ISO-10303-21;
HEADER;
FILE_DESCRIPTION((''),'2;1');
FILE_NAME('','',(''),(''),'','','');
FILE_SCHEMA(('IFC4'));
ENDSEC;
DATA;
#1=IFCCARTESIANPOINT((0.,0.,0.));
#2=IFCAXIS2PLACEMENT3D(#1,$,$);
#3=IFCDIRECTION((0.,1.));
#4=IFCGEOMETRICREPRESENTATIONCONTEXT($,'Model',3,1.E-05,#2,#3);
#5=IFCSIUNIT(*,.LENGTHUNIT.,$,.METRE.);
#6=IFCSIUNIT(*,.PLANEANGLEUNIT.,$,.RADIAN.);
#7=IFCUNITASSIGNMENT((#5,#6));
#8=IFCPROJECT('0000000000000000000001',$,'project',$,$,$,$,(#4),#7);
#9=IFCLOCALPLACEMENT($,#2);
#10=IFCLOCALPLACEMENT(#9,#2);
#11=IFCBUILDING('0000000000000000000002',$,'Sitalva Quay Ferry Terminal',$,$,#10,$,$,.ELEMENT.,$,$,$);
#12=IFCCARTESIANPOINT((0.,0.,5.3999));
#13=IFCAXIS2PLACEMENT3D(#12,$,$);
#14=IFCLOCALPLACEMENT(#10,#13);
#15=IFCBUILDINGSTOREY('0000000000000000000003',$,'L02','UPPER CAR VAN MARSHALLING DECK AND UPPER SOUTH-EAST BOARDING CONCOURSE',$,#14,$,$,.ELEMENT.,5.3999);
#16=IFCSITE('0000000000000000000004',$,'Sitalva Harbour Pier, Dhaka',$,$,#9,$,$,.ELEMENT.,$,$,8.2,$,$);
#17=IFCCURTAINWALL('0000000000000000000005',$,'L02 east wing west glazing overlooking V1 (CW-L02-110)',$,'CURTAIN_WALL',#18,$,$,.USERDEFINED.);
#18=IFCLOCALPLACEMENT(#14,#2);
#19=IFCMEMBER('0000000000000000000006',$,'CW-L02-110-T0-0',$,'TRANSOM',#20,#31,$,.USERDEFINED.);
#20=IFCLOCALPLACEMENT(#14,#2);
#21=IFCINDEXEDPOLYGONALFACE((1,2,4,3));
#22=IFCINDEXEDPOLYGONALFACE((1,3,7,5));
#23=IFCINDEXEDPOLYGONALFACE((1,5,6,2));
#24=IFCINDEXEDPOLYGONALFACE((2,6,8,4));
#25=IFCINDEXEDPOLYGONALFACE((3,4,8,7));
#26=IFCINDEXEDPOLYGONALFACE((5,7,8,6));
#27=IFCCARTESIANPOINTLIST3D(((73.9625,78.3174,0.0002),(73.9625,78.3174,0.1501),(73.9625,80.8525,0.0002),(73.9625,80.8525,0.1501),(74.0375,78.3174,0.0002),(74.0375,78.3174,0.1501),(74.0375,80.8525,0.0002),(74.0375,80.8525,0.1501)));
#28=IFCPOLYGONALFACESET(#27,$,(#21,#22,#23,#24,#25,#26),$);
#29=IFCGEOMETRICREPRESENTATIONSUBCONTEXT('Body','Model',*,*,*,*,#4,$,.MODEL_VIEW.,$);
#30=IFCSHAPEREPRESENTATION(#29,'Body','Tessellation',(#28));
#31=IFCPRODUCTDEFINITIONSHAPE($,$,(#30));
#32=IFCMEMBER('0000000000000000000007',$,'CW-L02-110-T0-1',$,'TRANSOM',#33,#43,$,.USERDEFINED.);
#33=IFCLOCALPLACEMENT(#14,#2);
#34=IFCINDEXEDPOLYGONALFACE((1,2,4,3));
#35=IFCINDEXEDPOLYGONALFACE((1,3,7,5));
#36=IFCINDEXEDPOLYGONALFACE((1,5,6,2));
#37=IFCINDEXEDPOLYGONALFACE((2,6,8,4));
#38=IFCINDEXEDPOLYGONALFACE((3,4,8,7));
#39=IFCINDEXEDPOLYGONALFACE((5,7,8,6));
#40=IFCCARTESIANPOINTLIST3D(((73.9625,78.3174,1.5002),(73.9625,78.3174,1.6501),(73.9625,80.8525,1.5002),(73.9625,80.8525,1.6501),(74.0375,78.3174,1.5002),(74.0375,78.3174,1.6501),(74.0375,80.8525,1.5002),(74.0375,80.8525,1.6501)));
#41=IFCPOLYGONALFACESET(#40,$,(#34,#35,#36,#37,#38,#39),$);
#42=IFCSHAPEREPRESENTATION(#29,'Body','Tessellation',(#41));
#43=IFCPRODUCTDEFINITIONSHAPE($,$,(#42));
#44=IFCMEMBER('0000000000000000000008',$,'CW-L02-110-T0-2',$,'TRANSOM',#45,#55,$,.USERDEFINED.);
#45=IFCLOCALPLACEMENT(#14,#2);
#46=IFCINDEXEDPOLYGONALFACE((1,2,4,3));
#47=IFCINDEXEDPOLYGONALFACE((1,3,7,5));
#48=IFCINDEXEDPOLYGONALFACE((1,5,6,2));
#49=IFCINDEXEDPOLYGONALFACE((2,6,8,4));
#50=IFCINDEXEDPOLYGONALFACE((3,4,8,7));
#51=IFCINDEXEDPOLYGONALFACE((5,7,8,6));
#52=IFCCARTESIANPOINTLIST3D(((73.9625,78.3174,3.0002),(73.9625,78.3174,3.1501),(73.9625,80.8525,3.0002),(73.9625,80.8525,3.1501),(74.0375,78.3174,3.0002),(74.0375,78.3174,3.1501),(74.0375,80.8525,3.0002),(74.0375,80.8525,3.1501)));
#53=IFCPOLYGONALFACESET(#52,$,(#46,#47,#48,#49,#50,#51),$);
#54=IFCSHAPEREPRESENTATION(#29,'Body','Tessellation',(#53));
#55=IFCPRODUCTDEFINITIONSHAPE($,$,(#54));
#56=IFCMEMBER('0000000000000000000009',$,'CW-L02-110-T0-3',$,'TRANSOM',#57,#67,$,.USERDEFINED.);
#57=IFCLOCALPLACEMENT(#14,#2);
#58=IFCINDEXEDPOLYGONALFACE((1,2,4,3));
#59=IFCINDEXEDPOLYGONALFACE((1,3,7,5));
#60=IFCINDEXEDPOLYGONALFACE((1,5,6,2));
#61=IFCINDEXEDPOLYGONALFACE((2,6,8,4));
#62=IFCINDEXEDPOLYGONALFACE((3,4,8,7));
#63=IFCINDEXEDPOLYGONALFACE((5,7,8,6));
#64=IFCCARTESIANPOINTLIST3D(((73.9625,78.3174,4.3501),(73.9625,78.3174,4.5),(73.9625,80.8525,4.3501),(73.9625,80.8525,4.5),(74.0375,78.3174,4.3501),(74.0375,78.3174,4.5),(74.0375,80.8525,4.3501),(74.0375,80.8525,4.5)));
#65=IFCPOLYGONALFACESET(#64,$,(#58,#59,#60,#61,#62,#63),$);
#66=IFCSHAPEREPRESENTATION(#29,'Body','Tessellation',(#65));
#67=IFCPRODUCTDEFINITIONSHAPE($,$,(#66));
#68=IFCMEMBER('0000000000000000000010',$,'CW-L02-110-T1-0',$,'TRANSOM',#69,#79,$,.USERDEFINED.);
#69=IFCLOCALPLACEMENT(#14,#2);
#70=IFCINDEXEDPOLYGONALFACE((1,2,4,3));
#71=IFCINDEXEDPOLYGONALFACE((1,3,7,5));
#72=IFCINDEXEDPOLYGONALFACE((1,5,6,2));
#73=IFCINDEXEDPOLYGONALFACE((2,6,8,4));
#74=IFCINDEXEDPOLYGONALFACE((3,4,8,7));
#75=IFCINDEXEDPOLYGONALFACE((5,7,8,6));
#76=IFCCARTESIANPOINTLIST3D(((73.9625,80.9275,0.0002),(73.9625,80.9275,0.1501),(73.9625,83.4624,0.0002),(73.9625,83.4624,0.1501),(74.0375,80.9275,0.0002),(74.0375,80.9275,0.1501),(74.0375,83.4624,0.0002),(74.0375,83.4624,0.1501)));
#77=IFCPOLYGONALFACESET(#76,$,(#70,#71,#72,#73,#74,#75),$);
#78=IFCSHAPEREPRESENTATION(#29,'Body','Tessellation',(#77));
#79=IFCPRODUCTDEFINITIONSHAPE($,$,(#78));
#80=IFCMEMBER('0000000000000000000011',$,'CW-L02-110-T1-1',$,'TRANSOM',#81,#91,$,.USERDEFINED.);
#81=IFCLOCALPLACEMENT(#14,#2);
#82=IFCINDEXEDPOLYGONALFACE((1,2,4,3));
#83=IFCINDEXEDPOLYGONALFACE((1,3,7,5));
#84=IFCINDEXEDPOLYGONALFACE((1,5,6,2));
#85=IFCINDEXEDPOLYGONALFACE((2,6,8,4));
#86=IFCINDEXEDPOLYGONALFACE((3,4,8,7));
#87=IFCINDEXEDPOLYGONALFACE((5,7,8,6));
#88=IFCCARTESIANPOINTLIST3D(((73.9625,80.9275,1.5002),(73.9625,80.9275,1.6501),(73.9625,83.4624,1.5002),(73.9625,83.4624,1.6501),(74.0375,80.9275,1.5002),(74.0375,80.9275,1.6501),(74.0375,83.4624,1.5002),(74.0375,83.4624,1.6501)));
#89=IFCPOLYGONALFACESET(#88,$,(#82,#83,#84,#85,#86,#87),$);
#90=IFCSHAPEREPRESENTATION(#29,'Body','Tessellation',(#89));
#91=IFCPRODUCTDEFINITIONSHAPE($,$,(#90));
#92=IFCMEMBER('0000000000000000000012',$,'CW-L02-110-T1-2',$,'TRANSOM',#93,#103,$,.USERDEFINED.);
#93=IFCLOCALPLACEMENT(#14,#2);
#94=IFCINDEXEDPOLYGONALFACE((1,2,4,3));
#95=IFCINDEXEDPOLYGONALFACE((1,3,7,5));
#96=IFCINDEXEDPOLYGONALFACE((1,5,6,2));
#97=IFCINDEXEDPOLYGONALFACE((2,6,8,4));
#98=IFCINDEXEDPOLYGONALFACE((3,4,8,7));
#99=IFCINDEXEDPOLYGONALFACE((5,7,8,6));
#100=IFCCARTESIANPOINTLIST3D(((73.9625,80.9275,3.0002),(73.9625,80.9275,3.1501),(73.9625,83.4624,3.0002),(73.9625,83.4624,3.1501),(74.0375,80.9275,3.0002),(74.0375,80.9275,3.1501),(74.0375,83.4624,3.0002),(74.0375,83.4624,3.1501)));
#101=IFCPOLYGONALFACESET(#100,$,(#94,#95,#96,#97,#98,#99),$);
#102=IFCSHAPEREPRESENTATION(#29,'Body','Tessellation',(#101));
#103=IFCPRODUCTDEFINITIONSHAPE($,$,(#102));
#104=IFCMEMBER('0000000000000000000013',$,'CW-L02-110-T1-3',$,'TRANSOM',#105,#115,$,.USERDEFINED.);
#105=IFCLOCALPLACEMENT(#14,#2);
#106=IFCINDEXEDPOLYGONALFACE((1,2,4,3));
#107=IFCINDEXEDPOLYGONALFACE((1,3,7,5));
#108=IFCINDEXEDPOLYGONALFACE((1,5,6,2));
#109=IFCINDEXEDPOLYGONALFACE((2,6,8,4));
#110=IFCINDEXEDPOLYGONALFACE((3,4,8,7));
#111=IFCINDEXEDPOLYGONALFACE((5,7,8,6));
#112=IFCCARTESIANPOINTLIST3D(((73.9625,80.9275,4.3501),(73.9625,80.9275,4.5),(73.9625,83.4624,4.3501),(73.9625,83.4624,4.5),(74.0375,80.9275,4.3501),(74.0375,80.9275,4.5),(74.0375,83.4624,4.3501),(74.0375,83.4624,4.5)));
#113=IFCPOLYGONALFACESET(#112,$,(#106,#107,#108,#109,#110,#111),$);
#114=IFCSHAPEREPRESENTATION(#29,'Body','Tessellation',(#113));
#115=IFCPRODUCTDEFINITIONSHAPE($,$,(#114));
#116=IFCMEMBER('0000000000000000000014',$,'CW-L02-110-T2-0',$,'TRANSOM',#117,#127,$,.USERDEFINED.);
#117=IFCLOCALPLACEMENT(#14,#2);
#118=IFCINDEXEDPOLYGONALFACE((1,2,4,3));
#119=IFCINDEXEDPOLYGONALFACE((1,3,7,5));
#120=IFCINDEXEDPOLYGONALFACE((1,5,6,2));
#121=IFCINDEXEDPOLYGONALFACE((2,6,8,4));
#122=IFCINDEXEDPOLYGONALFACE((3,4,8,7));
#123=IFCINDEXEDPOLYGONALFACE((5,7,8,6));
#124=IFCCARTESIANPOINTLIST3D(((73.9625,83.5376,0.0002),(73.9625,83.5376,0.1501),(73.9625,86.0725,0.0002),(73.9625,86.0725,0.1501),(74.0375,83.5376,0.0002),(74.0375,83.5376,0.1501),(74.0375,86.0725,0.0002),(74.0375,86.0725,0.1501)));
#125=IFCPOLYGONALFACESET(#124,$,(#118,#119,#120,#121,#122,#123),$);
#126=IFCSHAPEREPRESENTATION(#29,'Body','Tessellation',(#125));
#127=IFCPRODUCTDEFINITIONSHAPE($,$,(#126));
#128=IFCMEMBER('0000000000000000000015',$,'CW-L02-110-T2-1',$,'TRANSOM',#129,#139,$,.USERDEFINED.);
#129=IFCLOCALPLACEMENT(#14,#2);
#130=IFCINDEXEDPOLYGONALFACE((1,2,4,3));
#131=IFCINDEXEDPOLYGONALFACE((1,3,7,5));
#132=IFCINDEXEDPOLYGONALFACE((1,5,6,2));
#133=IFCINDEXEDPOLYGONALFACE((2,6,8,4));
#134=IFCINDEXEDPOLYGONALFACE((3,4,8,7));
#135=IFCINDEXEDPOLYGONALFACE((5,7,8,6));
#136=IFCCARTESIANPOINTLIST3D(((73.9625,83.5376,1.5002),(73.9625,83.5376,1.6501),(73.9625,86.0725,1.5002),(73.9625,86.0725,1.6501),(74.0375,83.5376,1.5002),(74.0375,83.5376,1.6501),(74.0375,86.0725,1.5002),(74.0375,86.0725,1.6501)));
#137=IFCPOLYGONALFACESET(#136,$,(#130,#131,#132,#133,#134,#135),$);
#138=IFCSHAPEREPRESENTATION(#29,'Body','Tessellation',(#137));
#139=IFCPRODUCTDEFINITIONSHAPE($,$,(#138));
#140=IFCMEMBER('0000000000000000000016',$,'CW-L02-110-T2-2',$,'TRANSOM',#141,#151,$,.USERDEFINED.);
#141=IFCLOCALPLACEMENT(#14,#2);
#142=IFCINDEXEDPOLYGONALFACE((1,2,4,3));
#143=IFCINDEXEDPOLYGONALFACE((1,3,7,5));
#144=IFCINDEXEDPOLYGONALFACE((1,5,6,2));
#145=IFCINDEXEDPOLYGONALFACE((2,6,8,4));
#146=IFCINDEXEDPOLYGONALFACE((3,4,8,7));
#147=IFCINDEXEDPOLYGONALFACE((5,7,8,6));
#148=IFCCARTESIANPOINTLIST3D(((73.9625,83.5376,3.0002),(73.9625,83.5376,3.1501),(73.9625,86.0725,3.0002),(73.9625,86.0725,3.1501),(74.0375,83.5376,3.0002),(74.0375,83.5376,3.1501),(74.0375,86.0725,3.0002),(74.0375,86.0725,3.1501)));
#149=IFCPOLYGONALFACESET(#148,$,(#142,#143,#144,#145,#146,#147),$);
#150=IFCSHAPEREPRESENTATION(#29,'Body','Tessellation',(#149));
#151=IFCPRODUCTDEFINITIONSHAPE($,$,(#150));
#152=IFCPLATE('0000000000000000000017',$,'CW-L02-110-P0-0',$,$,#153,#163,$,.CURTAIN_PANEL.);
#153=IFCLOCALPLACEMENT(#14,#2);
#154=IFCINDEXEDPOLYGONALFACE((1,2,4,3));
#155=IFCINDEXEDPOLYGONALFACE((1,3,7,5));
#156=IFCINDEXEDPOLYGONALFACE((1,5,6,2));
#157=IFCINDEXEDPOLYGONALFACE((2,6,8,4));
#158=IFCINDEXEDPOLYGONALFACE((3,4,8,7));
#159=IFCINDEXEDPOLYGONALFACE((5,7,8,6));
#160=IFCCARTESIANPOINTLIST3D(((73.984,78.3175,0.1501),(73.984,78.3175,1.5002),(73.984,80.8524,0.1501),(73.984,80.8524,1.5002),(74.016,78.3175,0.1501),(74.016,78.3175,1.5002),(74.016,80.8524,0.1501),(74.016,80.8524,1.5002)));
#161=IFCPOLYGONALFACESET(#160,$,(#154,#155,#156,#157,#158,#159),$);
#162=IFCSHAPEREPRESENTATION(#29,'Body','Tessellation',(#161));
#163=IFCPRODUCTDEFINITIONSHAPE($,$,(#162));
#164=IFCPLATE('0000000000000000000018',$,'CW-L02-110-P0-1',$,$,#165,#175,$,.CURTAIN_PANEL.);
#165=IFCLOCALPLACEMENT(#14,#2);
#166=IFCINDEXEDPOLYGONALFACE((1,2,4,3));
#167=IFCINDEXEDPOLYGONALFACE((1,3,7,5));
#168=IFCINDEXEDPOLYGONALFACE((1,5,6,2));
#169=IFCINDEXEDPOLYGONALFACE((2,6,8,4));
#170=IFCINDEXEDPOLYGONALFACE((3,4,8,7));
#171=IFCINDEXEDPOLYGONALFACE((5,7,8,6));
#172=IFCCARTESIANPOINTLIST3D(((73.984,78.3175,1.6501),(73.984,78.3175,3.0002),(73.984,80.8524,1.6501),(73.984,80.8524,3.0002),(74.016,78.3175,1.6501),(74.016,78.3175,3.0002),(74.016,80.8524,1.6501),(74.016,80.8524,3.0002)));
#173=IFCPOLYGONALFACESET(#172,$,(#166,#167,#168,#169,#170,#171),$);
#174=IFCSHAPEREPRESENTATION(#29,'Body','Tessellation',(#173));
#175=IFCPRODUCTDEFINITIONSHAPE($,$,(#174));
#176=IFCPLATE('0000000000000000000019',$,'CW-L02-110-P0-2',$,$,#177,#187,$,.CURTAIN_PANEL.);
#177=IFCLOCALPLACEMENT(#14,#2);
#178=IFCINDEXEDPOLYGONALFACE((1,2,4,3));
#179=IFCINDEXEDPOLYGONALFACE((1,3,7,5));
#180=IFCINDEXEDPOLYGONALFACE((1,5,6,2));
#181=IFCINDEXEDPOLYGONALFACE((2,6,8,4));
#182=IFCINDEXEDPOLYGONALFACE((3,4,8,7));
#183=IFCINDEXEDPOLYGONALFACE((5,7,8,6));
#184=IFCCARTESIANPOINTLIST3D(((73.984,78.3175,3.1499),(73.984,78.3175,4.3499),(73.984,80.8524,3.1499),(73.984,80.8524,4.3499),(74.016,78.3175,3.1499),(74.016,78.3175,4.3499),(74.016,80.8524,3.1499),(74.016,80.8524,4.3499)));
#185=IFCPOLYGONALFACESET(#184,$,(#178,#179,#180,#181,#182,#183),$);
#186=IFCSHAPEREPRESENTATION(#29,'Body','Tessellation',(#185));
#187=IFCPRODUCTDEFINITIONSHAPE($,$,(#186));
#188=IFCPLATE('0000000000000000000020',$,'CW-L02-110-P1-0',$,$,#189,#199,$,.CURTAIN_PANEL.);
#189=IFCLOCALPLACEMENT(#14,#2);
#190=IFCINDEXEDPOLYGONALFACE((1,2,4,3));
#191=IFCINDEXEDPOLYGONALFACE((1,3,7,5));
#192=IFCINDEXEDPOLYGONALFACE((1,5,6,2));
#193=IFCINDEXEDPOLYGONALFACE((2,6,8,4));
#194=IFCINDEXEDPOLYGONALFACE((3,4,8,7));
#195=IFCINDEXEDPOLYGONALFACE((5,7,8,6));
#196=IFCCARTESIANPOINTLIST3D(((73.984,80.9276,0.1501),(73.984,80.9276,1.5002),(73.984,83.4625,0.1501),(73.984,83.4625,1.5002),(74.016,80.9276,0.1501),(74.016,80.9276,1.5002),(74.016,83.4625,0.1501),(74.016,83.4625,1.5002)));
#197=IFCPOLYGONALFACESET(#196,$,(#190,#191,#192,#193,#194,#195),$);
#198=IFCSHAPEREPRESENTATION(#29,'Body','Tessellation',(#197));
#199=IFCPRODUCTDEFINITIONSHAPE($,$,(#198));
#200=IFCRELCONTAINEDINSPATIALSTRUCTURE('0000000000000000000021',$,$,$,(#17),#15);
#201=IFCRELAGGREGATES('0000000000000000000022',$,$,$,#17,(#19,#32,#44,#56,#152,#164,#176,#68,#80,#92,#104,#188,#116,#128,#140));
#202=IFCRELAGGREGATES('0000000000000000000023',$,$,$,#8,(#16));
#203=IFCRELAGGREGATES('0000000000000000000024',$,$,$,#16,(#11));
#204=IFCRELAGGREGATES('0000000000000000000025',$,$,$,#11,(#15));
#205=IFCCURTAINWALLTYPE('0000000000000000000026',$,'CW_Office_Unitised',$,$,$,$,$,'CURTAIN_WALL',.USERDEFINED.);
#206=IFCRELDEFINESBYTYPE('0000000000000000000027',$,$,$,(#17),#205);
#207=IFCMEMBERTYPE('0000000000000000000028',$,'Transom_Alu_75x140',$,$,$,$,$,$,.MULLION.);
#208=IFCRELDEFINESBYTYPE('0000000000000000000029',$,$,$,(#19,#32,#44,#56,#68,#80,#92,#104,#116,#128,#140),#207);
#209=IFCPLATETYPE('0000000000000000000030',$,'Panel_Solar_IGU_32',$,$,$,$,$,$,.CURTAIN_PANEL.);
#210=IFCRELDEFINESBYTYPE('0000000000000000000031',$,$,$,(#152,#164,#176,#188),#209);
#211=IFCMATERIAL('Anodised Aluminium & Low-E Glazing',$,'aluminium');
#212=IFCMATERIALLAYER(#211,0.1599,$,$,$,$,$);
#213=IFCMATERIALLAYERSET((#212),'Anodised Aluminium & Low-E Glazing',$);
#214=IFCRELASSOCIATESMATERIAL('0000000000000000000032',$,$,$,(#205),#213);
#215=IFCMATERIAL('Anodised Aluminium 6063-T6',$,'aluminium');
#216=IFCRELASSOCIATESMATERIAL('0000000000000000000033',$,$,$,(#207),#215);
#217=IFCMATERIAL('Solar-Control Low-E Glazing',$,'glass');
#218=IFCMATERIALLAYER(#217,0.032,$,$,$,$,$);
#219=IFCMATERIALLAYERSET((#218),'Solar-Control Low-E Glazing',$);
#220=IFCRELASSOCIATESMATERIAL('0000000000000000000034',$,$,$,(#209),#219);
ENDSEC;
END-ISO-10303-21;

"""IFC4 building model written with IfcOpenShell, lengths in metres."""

from ifc_helpers import new_model, si_unit, direction, frame, origin, origin_2d, place, context, subcontext, project, spatial, rectangle, extrude, material, layer, layer_set, material_profile, profile_set, type_object, element, aggregate, save


model = new_model("IFC4")

# Units and contexts
model_context = context("Model", 3, precision=1e-05, world=origin(), true_north=direction((0.0, 1.0)))
body_context = subcontext(model_context, "Body", "Model", "MODEL_VIEW")
ifc_project = project(units=[si_unit("LENGTHUNIT", "METRE"), si_unit("PLANEANGLEUNIT", "RADIAN")], contexts=[model_context])

# Site, building, storey
site_placement = place(None, origin())
site = spatial("IfcSite", under=ifc_project, at=site_placement, Name="Sitalva Harbour Pier, Dhaka", CompositionType="ELEMENT", RefElevation=8.2)
building_placement = place(site_placement, origin())
building = spatial("IfcBuilding", under=site, at=building_placement, Name="Sitalva Quay Ferry Terminal", CompositionType="ELEMENT")
storey_placement = place(building_placement, frame((0.0, 0.0, 5.3999)))
storey = spatial("IfcBuildingStorey", under=building, at=storey_placement, Name="L02", Description="UPPER CAR VAN MARSHALLING DECK AND UPPER SOUTH-EAST BOARDING CONCOURSE", CompositionType="ELEMENT", Elevation=5.3999)

# Curtain wall, members, plates
ifc_material_1 = material(Name="Anodised Aluminium & Low-E Glazing", Category="aluminium")
ifc_layer_1 = layer(ifc_material_1, 0.1599)
ifc_layer_set_1 = layer_set([ifc_layer_1], Name="Anodised Aluminium & Low-E Glazing")
curtain_wall_type = type_object("IfcCurtainWallType", Name="CW_Office_Unitised", ElementType="CURTAIN_WALL", PredefinedType="USERDEFINED", material=ifc_layer_set_1)
curtain_wall_placement = place(storey_placement, origin())
curtain_wall = element("IfcCurtainWall", 1, at=curtain_wall_placement, inside=storey, type_object=curtain_wall_type, Name="L02 east wing west glazing overlooking V1 (CW-L02-110)", ObjectType="CURTAIN_WALL", PredefinedType="USERDEFINED")
ifc_material_2 = material(Name="Anodised Aluminium 6063-T6", Category="aluminium")
ifc_material_profile_1 = material_profile(ifc_material_2, rectangle(XDim=0.075, YDim=0.1499, at=origin_2d()), Name="ALU75x150")
ifc_profile_set_1 = profile_set([ifc_material_profile_1], Name="Anodised Aluminium 6063-T6")
member_type_1 = type_object("IfcMemberType", Name="Transom_Alu_75x140", PredefinedType="MULLION", material=ifc_profile_set_1)
member_1_placement = place(storey_placement, frame((74.0, 78.3174, 0.0752), z_axis=(0.0, 1.0, 0.0), x_axis=(-1.0, 0.0, 0.0)))
member_1 = element("IfcMember", 2, at=member_1_placement, type_object=member_type_1, Name="CW-L02-110-T0-0", ObjectType="TRANSOM", PredefinedType="USERDEFINED", context=body_context, shape_type="SweptSolid", body=[
    extrude(rectangle(XDim=0.075, YDim=0.1499, at=origin_2d()), origin(), (0.0, 0.0, 1.0), 2.5352),
])
member_2_placement = place(storey_placement, frame((74.0, 78.3174, 1.5752), z_axis=(0.0, 1.0, 0.0), x_axis=(-1.0, 0.0, 0.0)))
member_2 = element("IfcMember", 3, at=member_2_placement, type_object=member_type_1, Name="CW-L02-110-T0-1", ObjectType="TRANSOM", PredefinedType="USERDEFINED", context=body_context, shape_type="SweptSolid", body=[
    extrude(rectangle(XDim=0.075, YDim=0.1499, at=origin_2d()), origin(), (0.0, 0.0, 1.0), 2.5352),
])
member_3_placement = place(storey_placement, frame((74.0, 78.3174, 3.0752), z_axis=(0.0, 1.0, 0.0), x_axis=(-1.0, 0.0, 0.0)))
member_3 = element("IfcMember", 4, at=member_3_placement, type_object=member_type_1, Name="CW-L02-110-T0-2", ObjectType="TRANSOM", PredefinedType="USERDEFINED", context=body_context, shape_type="SweptSolid", body=[
    extrude(rectangle(XDim=0.075, YDim=0.1499, at=origin_2d()), origin(), (0.0, 0.0, 1.0), 2.5352),
])
member_4_placement = place(storey_placement, frame((74.0, 78.3174, 4.425), z_axis=(0.0, 1.0, 0.0), x_axis=(-1.0, 0.0, 0.0)))
member_4 = element("IfcMember", 5, at=member_4_placement, type_object=member_type_1, Name="CW-L02-110-T0-3", ObjectType="TRANSOM", PredefinedType="USERDEFINED", context=body_context, shape_type="SweptSolid", body=[
    extrude(rectangle(XDim=0.075, YDim=0.1499, at=origin_2d()), origin(), (0.0, 0.0, 1.0), 2.5352),
])
member_5_placement = place(storey_placement, frame((74.0, 80.9275, 0.0752), z_axis=(0.0, 1.0, 0.0), x_axis=(-1.0, 0.0, 0.0)))
member_5 = element("IfcMember", 6, at=member_5_placement, type_object=member_type_1, Name="CW-L02-110-T1-0", ObjectType="TRANSOM", PredefinedType="USERDEFINED", context=body_context, shape_type="SweptSolid", body=[
    extrude(rectangle(XDim=0.075, YDim=0.1499, at=origin_2d()), origin(), (0.0, 0.0, 1.0), 2.5349),
])
member_6_placement = place(storey_placement, frame((74.0, 80.9275, 1.5752), z_axis=(0.0, 1.0, 0.0), x_axis=(-1.0, 0.0, 0.0)))
member_6 = element("IfcMember", 7, at=member_6_placement, type_object=member_type_1, Name="CW-L02-110-T1-1", ObjectType="TRANSOM", PredefinedType="USERDEFINED", context=body_context, shape_type="SweptSolid", body=[
    extrude(rectangle(XDim=0.075, YDim=0.1499, at=origin_2d()), origin(), (0.0, 0.0, 1.0), 2.5349),
])
member_7_placement = place(storey_placement, frame((74.0, 80.9275, 3.0752), z_axis=(0.0, 1.0, 0.0), x_axis=(-1.0, 0.0, 0.0)))
member_7 = element("IfcMember", 8, at=member_7_placement, type_object=member_type_1, Name="CW-L02-110-T1-2", ObjectType="TRANSOM", PredefinedType="USERDEFINED", context=body_context, shape_type="SweptSolid", body=[
    extrude(rectangle(XDim=0.075, YDim=0.1499, at=origin_2d()), origin(), (0.0, 0.0, 1.0), 2.5349),
])
member_8_placement = place(storey_placement, frame((74.0, 80.9275, 4.425), z_axis=(0.0, 1.0, 0.0), x_axis=(-1.0, 0.0, 0.0)))
member_8 = element("IfcMember", 9, at=member_8_placement, type_object=member_type_1, Name="CW-L02-110-T1-3", ObjectType="TRANSOM", PredefinedType="USERDEFINED", context=body_context, shape_type="SweptSolid", body=[
    extrude(rectangle(XDim=0.075, YDim=0.1499, at=origin_2d()), origin(), (0.0, 0.0, 1.0), 2.5349),
])
member_9_placement = place(storey_placement, frame((74.0, 83.5376, 0.0752), z_axis=(0.0, 1.0, 0.0), x_axis=(-1.0, 0.0, 0.0)))
member_9 = element("IfcMember", 10, at=member_9_placement, type_object=member_type_1, Name="CW-L02-110-T2-0", ObjectType="TRANSOM", PredefinedType="USERDEFINED", context=body_context, shape_type="SweptSolid", body=[
    extrude(rectangle(XDim=0.075, YDim=0.1499, at=origin_2d()), origin(), (0.0, 0.0, 1.0), 2.5349),
])
member_10_placement = place(storey_placement, frame((74.0, 83.5376, 1.5752), z_axis=(0.0, 1.0, 0.0), x_axis=(-1.0, 0.0, 0.0)))
member_10 = element("IfcMember", 11, at=member_10_placement, type_object=member_type_1, Name="CW-L02-110-T2-1", ObjectType="TRANSOM", PredefinedType="USERDEFINED", context=body_context, shape_type="SweptSolid", body=[
    extrude(rectangle(XDim=0.075, YDim=0.1499, at=origin_2d()), origin(), (0.0, 0.0, 1.0), 2.5349),
])
member_11_placement = place(storey_placement, frame((74.0, 83.5376, 3.0752), z_axis=(0.0, 1.0, 0.0), x_axis=(-1.0, 0.0, 0.0)))
member_11 = element("IfcMember", 12, at=member_11_placement, type_object=member_type_1, Name="CW-L02-110-T2-2", ObjectType="TRANSOM", PredefinedType="USERDEFINED", context=body_context, shape_type="SweptSolid", body=[
    extrude(rectangle(XDim=0.075, YDim=0.1499, at=origin_2d()), origin(), (0.0, 0.0, 1.0), 2.5349),
])
ifc_material_3 = material(Name="Solar-Control Low-E Glazing", Category="glass")
ifc_layer_2 = layer(ifc_material_3, 0.032)
ifc_layer_set_2 = layer_set([ifc_layer_2], Name="Solar-Control Low-E Glazing")
plate_type = type_object("IfcPlateType", Name="Panel_Solar_IGU_32", PredefinedType="CURTAIN_PANEL", material=ifc_layer_set_2)
plate_1_placement = place(storey_placement, frame((74.0, 79.585, 0.1501), z_axis=(0.0, 0.0, 1.0), x_axis=(0.0, 1.0, 0.0)))
plate_1 = element("IfcPlate", 13, at=plate_1_placement, type_object=plate_type, Name="CW-L02-110-P0-0", PredefinedType="CURTAIN_PANEL", context=body_context, shape_type="SweptSolid", body=[
    extrude(rectangle(XDim=2.5349, YDim=0.032, at=origin_2d()), origin(), (0.0, 0.0, 1.0), 1.3501),
])
plate_2_placement = place(storey_placement, frame((74.0, 79.585, 1.6501), z_axis=(0.0, 0.0, 1.0), x_axis=(0.0, 1.0, 0.0)))
plate_2 = element("IfcPlate", 14, at=plate_2_placement, type_object=plate_type, Name="CW-L02-110-P0-1", PredefinedType="CURTAIN_PANEL", context=body_context, shape_type="SweptSolid", body=[
    extrude(rectangle(XDim=2.5349, YDim=0.032, at=origin_2d()), origin(), (0.0, 0.0, 1.0), 1.3501),
])
plate_3_placement = place(storey_placement, frame((74.0, 79.585, 3.1499), z_axis=(0.0, 0.0, 1.0), x_axis=(0.0, 1.0, 0.0)))
plate_3 = element("IfcPlate", 15, at=plate_3_placement, type_object=plate_type, Name="CW-L02-110-P0-2", PredefinedType="CURTAIN_PANEL", context=body_context, shape_type="SweptSolid", body=[
    extrude(rectangle(XDim=2.5349, YDim=0.032, at=origin_2d()), origin(), (0.0, 0.0, 1.0), 1.2),
])
plate_4_placement = place(storey_placement, frame((74.0, 82.1951, 0.1501), z_axis=(0.0, 0.0, 1.0), x_axis=(0.0, 1.0, 0.0)))
plate_4 = element("IfcPlate", 16, at=plate_4_placement, type_object=plate_type, Name="CW-L02-110-P1-0", PredefinedType="CURTAIN_PANEL", context=body_context, shape_type="SweptSolid", body=[
    extrude(rectangle(XDim=2.5349, YDim=0.032, at=origin_2d()), origin(), (0.0, 0.0, 1.0), 1.3501),
])
aggregate(curtain_wall, [member_1, member_2, member_3, member_4, plate_1, plate_2, plate_3, member_5, member_6, member_7, member_8, plate_4, member_9, member_10, member_11])

save(model, "model.ifc")
